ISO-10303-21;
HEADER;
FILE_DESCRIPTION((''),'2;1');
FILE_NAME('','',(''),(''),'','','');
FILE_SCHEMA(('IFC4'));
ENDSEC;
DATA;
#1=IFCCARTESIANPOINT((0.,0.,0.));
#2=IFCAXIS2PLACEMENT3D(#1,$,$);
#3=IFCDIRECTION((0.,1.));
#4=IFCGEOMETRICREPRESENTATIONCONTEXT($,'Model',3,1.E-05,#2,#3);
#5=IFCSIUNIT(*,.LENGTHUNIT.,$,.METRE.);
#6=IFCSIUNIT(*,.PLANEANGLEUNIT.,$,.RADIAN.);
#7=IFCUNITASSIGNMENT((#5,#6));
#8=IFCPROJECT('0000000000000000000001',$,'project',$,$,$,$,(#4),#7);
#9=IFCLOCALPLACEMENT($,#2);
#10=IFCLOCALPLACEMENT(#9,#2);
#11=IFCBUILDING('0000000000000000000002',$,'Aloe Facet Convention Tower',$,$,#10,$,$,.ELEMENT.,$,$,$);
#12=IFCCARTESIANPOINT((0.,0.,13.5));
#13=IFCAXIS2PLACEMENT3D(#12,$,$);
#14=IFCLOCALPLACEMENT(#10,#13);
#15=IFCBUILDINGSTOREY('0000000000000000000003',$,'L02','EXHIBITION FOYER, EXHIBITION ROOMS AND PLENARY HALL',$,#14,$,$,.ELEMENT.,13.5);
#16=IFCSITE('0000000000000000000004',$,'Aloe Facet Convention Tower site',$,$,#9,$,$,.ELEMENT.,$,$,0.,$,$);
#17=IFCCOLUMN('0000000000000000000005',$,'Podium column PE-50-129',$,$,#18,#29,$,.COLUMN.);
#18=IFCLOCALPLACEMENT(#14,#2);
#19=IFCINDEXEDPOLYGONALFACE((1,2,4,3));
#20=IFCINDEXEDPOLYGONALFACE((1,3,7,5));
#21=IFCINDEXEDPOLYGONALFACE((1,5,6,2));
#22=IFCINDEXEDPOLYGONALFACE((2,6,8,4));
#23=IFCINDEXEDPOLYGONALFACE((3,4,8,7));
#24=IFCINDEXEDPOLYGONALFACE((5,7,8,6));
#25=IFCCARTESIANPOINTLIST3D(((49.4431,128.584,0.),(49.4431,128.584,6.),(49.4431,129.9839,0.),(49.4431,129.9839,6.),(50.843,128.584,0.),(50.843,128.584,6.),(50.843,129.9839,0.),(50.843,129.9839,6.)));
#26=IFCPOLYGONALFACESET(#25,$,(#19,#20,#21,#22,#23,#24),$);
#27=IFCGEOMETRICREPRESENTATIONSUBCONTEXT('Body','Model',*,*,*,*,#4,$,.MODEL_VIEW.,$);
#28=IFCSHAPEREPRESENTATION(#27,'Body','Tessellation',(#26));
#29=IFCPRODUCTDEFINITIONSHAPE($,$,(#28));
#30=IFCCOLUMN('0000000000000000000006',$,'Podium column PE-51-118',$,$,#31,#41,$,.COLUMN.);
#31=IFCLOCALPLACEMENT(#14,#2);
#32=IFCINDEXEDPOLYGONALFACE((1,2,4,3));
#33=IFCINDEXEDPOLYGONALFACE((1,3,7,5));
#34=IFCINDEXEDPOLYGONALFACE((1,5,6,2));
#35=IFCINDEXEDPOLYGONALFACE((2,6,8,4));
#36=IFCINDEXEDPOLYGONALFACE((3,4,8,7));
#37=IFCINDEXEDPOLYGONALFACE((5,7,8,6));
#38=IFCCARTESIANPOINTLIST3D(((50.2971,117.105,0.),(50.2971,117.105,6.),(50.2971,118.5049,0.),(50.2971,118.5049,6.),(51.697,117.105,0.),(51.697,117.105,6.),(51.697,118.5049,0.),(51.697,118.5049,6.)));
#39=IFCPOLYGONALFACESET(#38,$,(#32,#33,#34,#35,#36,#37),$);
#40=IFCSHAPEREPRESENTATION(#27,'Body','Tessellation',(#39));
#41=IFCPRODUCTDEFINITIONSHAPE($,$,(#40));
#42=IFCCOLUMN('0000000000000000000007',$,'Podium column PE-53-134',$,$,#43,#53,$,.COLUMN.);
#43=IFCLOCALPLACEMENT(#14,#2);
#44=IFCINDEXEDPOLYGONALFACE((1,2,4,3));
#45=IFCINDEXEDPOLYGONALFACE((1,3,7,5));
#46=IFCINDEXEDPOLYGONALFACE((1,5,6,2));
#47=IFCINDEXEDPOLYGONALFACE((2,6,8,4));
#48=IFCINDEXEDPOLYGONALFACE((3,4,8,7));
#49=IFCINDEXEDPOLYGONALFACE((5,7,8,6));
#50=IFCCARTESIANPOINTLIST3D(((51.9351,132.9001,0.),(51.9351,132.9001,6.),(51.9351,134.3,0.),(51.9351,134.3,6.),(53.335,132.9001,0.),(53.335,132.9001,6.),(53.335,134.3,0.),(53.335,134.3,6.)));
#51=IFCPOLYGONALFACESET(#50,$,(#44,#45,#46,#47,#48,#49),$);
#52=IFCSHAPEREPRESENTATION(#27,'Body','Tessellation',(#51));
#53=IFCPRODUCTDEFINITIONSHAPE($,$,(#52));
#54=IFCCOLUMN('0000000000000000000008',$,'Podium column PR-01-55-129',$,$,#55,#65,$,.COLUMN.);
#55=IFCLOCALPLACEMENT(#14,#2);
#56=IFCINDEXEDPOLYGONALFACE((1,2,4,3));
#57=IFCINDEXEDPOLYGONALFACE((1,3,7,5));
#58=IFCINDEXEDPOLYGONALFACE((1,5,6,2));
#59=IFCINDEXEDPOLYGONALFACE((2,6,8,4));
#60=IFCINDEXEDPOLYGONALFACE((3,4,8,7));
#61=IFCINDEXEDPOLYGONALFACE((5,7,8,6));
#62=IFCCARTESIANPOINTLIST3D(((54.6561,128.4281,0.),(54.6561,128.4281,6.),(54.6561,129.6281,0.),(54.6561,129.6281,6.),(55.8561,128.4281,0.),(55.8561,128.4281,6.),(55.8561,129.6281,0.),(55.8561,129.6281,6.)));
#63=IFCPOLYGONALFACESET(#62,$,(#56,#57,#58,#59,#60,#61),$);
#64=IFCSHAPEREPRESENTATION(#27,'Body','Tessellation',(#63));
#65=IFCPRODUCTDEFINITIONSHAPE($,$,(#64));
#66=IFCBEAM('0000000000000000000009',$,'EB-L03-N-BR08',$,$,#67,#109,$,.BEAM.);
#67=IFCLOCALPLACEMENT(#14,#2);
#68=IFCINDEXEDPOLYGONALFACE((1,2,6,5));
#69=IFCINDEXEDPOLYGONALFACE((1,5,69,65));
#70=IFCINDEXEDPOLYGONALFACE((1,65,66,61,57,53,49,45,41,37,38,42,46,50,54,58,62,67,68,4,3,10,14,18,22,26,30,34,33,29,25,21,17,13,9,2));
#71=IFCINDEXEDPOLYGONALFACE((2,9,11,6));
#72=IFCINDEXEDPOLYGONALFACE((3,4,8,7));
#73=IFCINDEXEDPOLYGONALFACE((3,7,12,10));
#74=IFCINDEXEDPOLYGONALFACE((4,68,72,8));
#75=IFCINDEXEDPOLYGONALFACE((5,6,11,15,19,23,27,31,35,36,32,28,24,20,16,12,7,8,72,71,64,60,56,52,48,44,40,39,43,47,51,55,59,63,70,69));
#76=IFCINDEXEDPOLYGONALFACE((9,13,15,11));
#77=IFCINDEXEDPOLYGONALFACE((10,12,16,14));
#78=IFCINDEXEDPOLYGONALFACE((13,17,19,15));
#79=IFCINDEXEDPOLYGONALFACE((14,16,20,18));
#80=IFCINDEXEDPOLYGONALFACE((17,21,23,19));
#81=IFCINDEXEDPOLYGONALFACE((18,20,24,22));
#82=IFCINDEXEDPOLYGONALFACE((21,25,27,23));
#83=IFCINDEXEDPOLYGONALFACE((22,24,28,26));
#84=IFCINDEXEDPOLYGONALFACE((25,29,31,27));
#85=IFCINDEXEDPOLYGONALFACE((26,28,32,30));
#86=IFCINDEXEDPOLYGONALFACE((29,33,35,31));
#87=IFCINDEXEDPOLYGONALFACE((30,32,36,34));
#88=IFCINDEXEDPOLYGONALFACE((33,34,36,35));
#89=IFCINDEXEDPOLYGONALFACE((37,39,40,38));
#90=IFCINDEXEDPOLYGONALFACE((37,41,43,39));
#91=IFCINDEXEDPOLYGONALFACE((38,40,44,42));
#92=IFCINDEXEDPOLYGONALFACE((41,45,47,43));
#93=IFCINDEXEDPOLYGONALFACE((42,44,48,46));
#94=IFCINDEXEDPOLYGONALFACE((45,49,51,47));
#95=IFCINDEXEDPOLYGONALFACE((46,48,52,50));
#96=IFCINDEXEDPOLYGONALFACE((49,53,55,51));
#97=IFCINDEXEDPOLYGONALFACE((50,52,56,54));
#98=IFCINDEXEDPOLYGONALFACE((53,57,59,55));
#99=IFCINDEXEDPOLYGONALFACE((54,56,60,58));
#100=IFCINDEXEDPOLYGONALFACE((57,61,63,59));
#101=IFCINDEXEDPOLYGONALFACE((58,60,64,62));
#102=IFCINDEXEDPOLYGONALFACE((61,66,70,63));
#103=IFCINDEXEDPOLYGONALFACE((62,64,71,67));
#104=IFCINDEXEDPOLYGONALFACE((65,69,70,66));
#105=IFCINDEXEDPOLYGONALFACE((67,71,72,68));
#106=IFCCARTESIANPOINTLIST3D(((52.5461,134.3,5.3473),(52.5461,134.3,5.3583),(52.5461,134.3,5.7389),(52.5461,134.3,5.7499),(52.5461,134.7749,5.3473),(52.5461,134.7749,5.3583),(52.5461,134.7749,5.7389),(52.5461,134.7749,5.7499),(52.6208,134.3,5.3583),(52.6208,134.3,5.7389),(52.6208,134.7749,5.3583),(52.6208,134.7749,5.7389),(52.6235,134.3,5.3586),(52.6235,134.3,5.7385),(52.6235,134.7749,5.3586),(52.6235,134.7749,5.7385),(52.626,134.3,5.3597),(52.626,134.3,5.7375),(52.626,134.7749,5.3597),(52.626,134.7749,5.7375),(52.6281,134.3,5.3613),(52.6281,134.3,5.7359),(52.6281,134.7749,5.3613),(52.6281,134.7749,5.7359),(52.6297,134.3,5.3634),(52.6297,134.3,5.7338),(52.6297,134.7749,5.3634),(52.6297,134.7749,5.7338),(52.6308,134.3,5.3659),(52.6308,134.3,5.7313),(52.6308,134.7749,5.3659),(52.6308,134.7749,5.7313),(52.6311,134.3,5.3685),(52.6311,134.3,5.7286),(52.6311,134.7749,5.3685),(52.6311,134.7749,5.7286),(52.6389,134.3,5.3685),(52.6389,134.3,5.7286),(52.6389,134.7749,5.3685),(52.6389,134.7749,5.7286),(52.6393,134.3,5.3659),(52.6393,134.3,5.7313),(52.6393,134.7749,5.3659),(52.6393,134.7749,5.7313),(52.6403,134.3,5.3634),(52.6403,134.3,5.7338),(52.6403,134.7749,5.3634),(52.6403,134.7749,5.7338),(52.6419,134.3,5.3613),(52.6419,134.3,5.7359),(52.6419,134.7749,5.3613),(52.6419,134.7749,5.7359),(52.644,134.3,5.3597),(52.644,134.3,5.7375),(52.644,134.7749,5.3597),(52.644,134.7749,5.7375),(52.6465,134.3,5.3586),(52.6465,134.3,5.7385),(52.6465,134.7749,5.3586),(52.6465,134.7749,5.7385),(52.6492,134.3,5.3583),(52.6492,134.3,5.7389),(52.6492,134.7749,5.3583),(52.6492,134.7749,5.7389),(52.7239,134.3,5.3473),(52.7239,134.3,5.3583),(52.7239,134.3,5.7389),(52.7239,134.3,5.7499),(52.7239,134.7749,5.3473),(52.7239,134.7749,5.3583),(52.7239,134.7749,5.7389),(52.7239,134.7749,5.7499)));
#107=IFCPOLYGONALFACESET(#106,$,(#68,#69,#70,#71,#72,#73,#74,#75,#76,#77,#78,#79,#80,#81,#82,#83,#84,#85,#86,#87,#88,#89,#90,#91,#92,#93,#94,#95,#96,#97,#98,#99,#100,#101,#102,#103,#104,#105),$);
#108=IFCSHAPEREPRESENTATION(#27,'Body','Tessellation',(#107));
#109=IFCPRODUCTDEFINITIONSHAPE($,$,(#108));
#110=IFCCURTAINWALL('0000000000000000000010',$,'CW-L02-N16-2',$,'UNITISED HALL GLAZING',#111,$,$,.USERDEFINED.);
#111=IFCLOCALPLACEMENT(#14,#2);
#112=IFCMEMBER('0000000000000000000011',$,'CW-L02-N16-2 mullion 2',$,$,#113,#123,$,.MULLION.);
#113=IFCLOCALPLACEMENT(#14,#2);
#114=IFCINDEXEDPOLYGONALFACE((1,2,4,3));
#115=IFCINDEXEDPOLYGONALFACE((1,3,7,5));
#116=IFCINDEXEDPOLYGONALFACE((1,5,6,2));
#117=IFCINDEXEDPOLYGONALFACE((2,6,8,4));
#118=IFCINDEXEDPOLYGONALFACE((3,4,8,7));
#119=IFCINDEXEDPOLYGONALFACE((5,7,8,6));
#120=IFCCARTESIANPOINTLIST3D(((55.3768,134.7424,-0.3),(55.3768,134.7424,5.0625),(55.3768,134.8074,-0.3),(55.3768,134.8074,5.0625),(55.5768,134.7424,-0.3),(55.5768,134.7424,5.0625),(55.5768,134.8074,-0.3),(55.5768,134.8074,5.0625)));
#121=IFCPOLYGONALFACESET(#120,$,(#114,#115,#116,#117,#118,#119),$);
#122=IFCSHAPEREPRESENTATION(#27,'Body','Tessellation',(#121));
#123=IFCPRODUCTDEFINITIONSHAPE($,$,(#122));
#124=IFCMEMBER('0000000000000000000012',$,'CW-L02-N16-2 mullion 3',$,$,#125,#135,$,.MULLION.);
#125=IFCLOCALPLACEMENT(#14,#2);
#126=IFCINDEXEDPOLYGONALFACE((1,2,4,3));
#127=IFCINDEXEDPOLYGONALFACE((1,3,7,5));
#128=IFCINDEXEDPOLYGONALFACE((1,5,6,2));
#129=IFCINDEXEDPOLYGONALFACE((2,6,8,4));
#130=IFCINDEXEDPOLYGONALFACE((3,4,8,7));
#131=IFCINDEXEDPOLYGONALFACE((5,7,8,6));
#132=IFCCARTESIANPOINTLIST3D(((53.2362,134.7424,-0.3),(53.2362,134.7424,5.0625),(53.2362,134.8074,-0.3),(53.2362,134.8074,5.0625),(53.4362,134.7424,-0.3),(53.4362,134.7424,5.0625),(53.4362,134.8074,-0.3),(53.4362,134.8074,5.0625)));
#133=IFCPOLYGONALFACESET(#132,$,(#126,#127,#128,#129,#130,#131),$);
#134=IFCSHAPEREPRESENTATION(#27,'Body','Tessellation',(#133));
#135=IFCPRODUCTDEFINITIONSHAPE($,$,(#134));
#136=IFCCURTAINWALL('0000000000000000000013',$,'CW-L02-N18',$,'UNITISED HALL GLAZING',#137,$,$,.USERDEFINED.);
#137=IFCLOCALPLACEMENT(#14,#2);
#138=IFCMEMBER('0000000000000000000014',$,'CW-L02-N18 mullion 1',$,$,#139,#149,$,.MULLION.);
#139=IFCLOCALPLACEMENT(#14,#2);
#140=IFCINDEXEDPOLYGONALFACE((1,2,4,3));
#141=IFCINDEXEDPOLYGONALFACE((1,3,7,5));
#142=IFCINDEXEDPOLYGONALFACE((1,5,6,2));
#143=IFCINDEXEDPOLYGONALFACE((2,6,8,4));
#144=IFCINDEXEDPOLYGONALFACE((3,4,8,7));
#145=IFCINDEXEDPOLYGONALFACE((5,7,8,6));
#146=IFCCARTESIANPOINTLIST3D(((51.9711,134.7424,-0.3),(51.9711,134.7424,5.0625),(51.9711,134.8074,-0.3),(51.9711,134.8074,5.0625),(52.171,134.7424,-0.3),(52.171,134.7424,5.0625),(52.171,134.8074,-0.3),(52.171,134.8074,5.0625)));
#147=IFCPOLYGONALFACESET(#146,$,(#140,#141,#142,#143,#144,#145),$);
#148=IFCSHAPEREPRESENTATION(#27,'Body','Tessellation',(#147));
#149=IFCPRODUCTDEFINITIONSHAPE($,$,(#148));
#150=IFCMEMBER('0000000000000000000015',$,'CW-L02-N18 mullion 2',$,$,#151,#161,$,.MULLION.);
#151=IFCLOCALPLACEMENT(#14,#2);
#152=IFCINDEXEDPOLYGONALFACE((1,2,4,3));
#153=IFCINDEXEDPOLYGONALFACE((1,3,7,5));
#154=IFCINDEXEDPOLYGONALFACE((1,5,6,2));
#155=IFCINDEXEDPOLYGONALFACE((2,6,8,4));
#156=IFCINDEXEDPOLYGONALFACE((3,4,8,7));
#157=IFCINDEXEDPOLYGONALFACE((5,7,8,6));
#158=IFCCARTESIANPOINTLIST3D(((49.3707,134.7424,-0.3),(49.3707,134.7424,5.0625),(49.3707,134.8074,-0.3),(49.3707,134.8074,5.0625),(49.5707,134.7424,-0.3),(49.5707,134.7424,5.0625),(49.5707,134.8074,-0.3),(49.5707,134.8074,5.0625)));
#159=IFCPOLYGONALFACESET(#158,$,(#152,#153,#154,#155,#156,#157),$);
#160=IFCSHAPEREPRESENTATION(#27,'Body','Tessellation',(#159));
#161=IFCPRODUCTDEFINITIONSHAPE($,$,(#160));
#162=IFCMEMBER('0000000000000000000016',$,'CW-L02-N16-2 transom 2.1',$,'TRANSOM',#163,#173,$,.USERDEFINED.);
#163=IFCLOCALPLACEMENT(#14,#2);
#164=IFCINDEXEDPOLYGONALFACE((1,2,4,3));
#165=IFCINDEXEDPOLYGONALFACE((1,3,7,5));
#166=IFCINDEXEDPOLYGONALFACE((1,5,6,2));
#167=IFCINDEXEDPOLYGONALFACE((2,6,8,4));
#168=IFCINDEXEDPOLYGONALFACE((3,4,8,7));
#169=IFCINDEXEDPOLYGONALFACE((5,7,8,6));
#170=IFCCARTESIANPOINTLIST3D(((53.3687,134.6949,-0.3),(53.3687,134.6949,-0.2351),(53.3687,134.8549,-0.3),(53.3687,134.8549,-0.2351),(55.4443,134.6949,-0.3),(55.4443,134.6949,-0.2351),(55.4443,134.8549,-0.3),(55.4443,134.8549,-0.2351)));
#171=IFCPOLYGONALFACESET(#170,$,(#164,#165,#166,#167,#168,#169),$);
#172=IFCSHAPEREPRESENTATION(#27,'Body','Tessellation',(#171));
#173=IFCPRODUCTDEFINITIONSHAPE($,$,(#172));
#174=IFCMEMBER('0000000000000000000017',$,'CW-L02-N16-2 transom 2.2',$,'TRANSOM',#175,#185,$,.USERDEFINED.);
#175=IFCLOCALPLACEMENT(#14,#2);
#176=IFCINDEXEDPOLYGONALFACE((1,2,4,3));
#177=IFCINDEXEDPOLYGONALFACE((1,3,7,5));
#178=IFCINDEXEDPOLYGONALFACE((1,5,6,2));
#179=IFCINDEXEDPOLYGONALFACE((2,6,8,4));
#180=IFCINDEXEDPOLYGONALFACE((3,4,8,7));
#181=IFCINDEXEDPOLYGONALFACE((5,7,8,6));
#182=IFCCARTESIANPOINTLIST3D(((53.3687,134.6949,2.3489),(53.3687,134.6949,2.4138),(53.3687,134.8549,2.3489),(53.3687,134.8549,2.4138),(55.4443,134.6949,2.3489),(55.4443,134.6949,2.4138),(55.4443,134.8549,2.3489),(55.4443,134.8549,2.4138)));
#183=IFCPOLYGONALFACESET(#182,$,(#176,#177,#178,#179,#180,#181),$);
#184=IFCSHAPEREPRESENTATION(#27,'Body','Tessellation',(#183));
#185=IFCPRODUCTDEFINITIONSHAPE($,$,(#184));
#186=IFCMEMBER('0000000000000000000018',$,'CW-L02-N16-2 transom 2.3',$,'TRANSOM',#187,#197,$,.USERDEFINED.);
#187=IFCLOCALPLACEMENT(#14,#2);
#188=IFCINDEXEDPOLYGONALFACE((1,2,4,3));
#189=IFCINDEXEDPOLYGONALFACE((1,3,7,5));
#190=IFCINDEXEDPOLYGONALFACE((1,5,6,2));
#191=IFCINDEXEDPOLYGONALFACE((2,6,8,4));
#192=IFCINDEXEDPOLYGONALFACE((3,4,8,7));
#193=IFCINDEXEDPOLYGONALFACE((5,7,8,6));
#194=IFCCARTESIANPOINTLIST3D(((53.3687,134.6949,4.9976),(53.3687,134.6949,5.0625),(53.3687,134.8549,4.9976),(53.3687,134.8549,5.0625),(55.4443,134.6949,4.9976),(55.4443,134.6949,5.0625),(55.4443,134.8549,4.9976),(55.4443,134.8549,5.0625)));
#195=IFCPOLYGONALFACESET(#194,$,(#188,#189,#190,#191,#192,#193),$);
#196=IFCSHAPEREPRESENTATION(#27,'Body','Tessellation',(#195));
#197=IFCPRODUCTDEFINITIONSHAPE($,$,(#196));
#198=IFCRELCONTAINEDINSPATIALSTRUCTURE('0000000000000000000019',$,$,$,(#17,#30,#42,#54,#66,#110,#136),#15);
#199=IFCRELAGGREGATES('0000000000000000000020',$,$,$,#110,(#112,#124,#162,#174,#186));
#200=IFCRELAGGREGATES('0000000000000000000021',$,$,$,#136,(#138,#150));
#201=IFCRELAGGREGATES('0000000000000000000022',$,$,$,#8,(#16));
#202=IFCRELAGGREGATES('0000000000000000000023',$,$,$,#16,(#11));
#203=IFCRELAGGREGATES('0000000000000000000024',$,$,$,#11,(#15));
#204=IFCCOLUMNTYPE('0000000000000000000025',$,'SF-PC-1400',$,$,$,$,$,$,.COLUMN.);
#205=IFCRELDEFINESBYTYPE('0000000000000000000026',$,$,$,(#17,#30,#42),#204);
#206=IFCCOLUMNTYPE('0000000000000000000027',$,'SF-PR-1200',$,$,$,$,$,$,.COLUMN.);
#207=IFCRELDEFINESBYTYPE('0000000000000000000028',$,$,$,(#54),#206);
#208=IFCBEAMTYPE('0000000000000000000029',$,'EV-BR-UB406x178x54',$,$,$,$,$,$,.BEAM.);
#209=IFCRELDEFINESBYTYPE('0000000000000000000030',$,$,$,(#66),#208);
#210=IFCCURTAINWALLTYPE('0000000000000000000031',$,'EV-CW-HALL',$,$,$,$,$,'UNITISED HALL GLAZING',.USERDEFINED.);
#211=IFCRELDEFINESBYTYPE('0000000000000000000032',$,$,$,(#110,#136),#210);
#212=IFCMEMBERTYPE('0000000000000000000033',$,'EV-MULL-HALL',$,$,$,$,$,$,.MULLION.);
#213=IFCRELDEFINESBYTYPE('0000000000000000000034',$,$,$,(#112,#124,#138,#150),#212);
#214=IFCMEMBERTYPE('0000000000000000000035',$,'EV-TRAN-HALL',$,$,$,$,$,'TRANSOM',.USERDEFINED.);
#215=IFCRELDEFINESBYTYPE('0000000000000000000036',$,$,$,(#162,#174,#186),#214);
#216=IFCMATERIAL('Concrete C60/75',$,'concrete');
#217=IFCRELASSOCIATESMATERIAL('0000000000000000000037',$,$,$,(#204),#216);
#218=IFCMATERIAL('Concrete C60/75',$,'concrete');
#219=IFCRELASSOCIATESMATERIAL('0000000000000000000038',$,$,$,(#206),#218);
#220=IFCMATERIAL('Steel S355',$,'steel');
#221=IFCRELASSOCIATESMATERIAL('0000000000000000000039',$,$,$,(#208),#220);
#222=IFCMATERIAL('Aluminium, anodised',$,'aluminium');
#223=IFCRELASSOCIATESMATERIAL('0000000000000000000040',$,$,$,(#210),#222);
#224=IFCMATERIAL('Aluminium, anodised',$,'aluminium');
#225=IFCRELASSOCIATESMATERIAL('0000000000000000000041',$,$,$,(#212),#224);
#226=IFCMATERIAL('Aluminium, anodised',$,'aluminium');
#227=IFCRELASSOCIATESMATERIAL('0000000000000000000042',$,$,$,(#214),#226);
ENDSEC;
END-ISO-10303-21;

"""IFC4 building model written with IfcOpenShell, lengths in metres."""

from ifc_helpers import new_model, si_unit, direction, frame, origin, origin_2d, place, context, subcontext, project, spatial, rectangle, i_section, extrude, material, material_profile, profile_set, type_object, element, aggregate, save


model = new_model("IFC4")

# Units and contexts
model_context = context("Model", 3, precision=1e-05, world=origin(), true_north=direction((0.0, 1.0)))
body_context = subcontext(model_context, "Body", "Model", "MODEL_VIEW")
ifc_project = project(units=[si_unit("LENGTHUNIT", "METRE"), si_unit("PLANEANGLEUNIT", "RADIAN")], contexts=[model_context])

# Site, building, storey
site_placement = place(None, origin())
site = spatial("IfcSite", under=ifc_project, at=site_placement, Name="Aloe Facet Convention Tower site", CompositionType="ELEMENT", RefElevation=0.0)
building_placement = place(site_placement, origin())
building = spatial("IfcBuilding", under=site, at=building_placement, Name="Aloe Facet Convention Tower", CompositionType="ELEMENT")
storey_placement = place(building_placement, frame((0.0, 0.0, 13.5)))
storey = spatial("IfcBuildingStorey", under=building, at=storey_placement, Name="L02", Description="EXHIBITION FOYER, EXHIBITION ROOMS AND PLENARY HALL", CompositionType="ELEMENT", Elevation=13.5)

# Columns
ifc_material_1 = material(Name="Concrete C60/75", Category="concrete")
ifc_material_profile_1 = material_profile(ifc_material_1, rectangle(XDim=1.3999, YDim=1.3999, at=origin_2d()), Name="SF-PC-1400")
ifc_profile_set_1 = profile_set([ifc_material_profile_1], Name="Concrete C60/75")
column_type_1 = type_object("IfcColumnType", Name="SF-PC-1400", PredefinedType="COLUMN", material=ifc_profile_set_1)
for number, where, z_axis, x_axis, name in (
    (1, (50.1431, 129.2839, 0.0), (0.0, 0.0, 1.0), (1.0, 0.0, 0.0), "Podium column PE-50-129"),
    (2, (50.9971, 117.8049, 0.0), (0.0, 0.0, 1.0), (1.0, 0.0, 0.0), "Podium column PE-51-118"),
    (3, (52.635, 133.6001, 0.0), (0.0, 0.0, 1.0), (1.0, 0.0, 0.0), "Podium column PE-53-134"),
):
    element("IfcColumn", number, at=place(storey_placement, frame(where, z_axis=z_axis, x_axis=x_axis)), inside=storey, type_object=column_type_1, Name=name, PredefinedType="COLUMN", context=body_context, shape_type="SweptSolid", body=[
        extrude(rectangle(XDim=1.3999, YDim=1.3999, at=origin_2d()), origin(), (0.0, 0.0, 1.0), 6.0),
    ])
ifc_material_2 = material(Name="Concrete C60/75", Category="concrete")
ifc_material_profile_2 = material_profile(ifc_material_2, rectangle(XDim=1.2, YDim=1.2, at=origin_2d()), Name="SF-PR-1200")
ifc_profile_set_2 = profile_set([ifc_material_profile_2], Name="Concrete C60/75")
column_type_2 = type_object("IfcColumnType", Name="SF-PR-1200", PredefinedType="COLUMN", material=ifc_profile_set_2)
column_placement = place(storey_placement, frame((55.2561, 129.0281, 0.0), z_axis=(0.0, 0.0, 1.0), x_axis=(1.0, 0.0, 0.0)))
element("IfcColumn", 4, at=column_placement, inside=storey, type_object=column_type_2, Name="Podium column PR-01-55-129", PredefinedType="COLUMN", context=body_context, shape_type="SweptSolid", body=[
    extrude(rectangle(XDim=1.2, YDim=1.2, at=origin_2d()), origin(), (0.0, 0.0, 1.0), 6.0),
])

# Beam
ifc_material_3 = material(Name="Steel S355", Category="steel")
ifc_material_profile_3 = material_profile(ifc_material_3, i_section(OverallWidth=0.1777, OverallDepth=0.4026, WebThickness=0.0078, FlangeThickness=0.011, FilletRadius=0.0103, at=origin_2d()), Name="UB 406x178x54")
ifc_profile_set_3 = profile_set([ifc_material_profile_3], Name="Steel S355")
beam_type_1 = type_object("IfcBeamType", Name="EV-BR-UB406x178x54", PredefinedType="BEAM", material=ifc_profile_set_3)
beam_1_placement = place(storey_placement, frame((52.635, 134.3, 5.5486), z_axis=(0.0, 1.0, 0.0), x_axis=(-1.0, 0.0, 0.0)))
element("IfcBeam", 5, at=beam_1_placement, inside=storey, type_object=beam_type_1, Name="EB-L03-N-BR08", PredefinedType="BEAM", context=body_context, shape_type="SweptSolid", body=[
    extrude(i_section(OverallWidth=0.1777, OverallDepth=0.4026, WebThickness=0.0078, FlangeThickness=0.011, FilletRadius=0.0103, at=origin_2d()), origin(), (0.0, 0.0, 1.0), 0.4749),
])

# Curtain walls, members
ifc_material_4 = material(Name="Aluminium, anodised", Category="aluminium")
curtain_wall_type = type_object("IfcCurtainWallType", Name="EV-CW-HALL", ElementType="UNITISED HALL GLAZING", PredefinedType="USERDEFINED", material=ifc_material_4)
curtain_wall_1_placement = place(storey_placement, origin())
curtain_wall_1 = element("IfcCurtainWall", 6, at=curtain_wall_1_placement, inside=storey, type_object=curtain_wall_type, Name="CW-L02-N16-2", ObjectType="UNITISED HALL GLAZING", PredefinedType="USERDEFINED")
ifc_material_5 = material(Name="Aluminium, anodised", Category="aluminium")
ifc_material_profile_4 = material_profile(ifc_material_5, rectangle(XDim=0.0649, YDim=0.2, at=origin_2d()), Name="AL 65x200")
ifc_profile_set_4 = profile_set([ifc_material_profile_4], Name="Aluminium, anodised")
member_type_1 = type_object("IfcMemberType", Name="EV-MULL-HALL", PredefinedType="MULLION", material=ifc_profile_set_4)
member_1_placement = place(storey_placement, frame((55.4768, 134.7749, -0.3), z_axis=(0.0, 0.0, 1.0), x_axis=(0.0, -1.0, 0.0)))
member_1 = element("IfcMember", 7, at=member_1_placement, type_object=member_type_1, Name="CW-L02-N16-2 mullion 2", PredefinedType="MULLION", context=body_context, shape_type="SweptSolid", body=[
    extrude(rectangle(XDim=0.0649, YDim=0.2, at=origin_2d()), origin(), (0.0, 0.0, 1.0), 5.3625),
])
member_2_placement = place(storey_placement, frame((53.3362, 134.7749, -0.3), z_axis=(0.0, 0.0, 1.0), x_axis=(0.0, -1.0, 0.0)))
member_2 = element("IfcMember", 8, at=member_2_placement, type_object=member_type_1, Name="CW-L02-N16-2 mullion 3", PredefinedType="MULLION", context=body_context, shape_type="SweptSolid", body=[
    extrude(rectangle(XDim=0.0649, YDim=0.2, at=origin_2d()), origin(), (0.0, 0.0, 1.0), 5.3625),
])
curtain_wall_2_placement = place(storey_placement, origin())
curtain_wall_2 = element("IfcCurtainWall", 9, at=curtain_wall_2_placement, inside=storey, type_object=curtain_wall_type, Name="CW-L02-N18", ObjectType="UNITISED HALL GLAZING", PredefinedType="USERDEFINED")
member_3_placement = place(storey_placement, frame((52.071, 134.7749, -0.3), z_axis=(0.0, 0.0, 1.0), x_axis=(0.0, -1.0, 0.0)))
member_3 = element("IfcMember", 10, at=member_3_placement, type_object=member_type_1, Name="CW-L02-N18 mullion 1", PredefinedType="MULLION", context=body_context, shape_type="SweptSolid", body=[
    extrude(rectangle(XDim=0.0649, YDim=0.2, at=origin_2d()), origin(), (0.0, 0.0, 1.0), 5.3625),
])
member_4_placement = place(storey_placement, frame((49.4707, 134.7749, -0.3), z_axis=(0.0, 0.0, 1.0), x_axis=(0.0, -1.0, 0.0)))
member_4 = element("IfcMember", 11, at=member_4_placement, type_object=member_type_1, Name="CW-L02-N18 mullion 2", PredefinedType="MULLION", context=body_context, shape_type="SweptSolid", body=[
    extrude(rectangle(XDim=0.0649, YDim=0.2, at=origin_2d()), origin(), (0.0, 0.0, 1.0), 5.3625),
])

# Members
ifc_material_6 = material(Name="Aluminium, anodised", Category="aluminium")
ifc_material_profile_5 = material_profile(ifc_material_6, rectangle(XDim=0.1599, YDim=0.0649, at=origin_2d()), Name="AL 160x65")
ifc_profile_set_5 = profile_set([ifc_material_profile_5], Name="Aluminium, anodised")
member_type_2 = type_object("IfcMemberType", Name="EV-TRAN-HALL", ElementType="TRANSOM", PredefinedType="USERDEFINED", material=ifc_profile_set_5)
member_5_placement = place(storey_placement, frame((55.4443, 134.7749, -0.2676), z_axis=(-1.0, 0.0, 0.0), x_axis=(0.0, -1.0, 0.0)))
member_5 = element("IfcMember", 12, at=member_5_placement, type_object=member_type_2, Name="CW-L02-N16-2 transom 2.1", ObjectType="TRANSOM", PredefinedType="USERDEFINED", context=body_context, shape_type="SweptSolid", body=[
    extrude(rectangle(XDim=0.1599, YDim=0.0649, at=origin_2d()), origin(), (0.0, 0.0, 1.0), 2.0757),
])
member_6_placement = place(storey_placement, frame((55.4443, 134.7749, 2.3813), z_axis=(-1.0, 0.0, 0.0), x_axis=(0.0, -1.0, 0.0)))
member_6 = element("IfcMember", 13, at=member_6_placement, type_object=member_type_2, Name="CW-L02-N16-2 transom 2.2", ObjectType="TRANSOM", PredefinedType="USERDEFINED", context=body_context, shape_type="SweptSolid", body=[
    extrude(rectangle(XDim=0.1599, YDim=0.0649, at=origin_2d()), origin(), (0.0, 0.0, 1.0), 2.0757),
])
member_7_placement = place(storey_placement, frame((55.4443, 134.7749, 5.03), z_axis=(-1.0, 0.0, 0.0), x_axis=(0.0, -1.0, 0.0)))
member_7 = element("IfcMember", 14, at=member_7_placement, type_object=member_type_2, Name="CW-L02-N16-2 transom 2.3", ObjectType="TRANSOM", PredefinedType="USERDEFINED", context=body_context, shape_type="SweptSolid", body=[
    extrude(rectangle(XDim=0.1599, YDim=0.0649, at=origin_2d()), origin(), (0.0, 0.0, 1.0), 2.0757),
])

aggregate(curtain_wall_1, [member_1, member_2, member_5, member_6, member_7])
aggregate(curtain_wall_2, [member_3, member_4])

save(model, "model.ifc")
